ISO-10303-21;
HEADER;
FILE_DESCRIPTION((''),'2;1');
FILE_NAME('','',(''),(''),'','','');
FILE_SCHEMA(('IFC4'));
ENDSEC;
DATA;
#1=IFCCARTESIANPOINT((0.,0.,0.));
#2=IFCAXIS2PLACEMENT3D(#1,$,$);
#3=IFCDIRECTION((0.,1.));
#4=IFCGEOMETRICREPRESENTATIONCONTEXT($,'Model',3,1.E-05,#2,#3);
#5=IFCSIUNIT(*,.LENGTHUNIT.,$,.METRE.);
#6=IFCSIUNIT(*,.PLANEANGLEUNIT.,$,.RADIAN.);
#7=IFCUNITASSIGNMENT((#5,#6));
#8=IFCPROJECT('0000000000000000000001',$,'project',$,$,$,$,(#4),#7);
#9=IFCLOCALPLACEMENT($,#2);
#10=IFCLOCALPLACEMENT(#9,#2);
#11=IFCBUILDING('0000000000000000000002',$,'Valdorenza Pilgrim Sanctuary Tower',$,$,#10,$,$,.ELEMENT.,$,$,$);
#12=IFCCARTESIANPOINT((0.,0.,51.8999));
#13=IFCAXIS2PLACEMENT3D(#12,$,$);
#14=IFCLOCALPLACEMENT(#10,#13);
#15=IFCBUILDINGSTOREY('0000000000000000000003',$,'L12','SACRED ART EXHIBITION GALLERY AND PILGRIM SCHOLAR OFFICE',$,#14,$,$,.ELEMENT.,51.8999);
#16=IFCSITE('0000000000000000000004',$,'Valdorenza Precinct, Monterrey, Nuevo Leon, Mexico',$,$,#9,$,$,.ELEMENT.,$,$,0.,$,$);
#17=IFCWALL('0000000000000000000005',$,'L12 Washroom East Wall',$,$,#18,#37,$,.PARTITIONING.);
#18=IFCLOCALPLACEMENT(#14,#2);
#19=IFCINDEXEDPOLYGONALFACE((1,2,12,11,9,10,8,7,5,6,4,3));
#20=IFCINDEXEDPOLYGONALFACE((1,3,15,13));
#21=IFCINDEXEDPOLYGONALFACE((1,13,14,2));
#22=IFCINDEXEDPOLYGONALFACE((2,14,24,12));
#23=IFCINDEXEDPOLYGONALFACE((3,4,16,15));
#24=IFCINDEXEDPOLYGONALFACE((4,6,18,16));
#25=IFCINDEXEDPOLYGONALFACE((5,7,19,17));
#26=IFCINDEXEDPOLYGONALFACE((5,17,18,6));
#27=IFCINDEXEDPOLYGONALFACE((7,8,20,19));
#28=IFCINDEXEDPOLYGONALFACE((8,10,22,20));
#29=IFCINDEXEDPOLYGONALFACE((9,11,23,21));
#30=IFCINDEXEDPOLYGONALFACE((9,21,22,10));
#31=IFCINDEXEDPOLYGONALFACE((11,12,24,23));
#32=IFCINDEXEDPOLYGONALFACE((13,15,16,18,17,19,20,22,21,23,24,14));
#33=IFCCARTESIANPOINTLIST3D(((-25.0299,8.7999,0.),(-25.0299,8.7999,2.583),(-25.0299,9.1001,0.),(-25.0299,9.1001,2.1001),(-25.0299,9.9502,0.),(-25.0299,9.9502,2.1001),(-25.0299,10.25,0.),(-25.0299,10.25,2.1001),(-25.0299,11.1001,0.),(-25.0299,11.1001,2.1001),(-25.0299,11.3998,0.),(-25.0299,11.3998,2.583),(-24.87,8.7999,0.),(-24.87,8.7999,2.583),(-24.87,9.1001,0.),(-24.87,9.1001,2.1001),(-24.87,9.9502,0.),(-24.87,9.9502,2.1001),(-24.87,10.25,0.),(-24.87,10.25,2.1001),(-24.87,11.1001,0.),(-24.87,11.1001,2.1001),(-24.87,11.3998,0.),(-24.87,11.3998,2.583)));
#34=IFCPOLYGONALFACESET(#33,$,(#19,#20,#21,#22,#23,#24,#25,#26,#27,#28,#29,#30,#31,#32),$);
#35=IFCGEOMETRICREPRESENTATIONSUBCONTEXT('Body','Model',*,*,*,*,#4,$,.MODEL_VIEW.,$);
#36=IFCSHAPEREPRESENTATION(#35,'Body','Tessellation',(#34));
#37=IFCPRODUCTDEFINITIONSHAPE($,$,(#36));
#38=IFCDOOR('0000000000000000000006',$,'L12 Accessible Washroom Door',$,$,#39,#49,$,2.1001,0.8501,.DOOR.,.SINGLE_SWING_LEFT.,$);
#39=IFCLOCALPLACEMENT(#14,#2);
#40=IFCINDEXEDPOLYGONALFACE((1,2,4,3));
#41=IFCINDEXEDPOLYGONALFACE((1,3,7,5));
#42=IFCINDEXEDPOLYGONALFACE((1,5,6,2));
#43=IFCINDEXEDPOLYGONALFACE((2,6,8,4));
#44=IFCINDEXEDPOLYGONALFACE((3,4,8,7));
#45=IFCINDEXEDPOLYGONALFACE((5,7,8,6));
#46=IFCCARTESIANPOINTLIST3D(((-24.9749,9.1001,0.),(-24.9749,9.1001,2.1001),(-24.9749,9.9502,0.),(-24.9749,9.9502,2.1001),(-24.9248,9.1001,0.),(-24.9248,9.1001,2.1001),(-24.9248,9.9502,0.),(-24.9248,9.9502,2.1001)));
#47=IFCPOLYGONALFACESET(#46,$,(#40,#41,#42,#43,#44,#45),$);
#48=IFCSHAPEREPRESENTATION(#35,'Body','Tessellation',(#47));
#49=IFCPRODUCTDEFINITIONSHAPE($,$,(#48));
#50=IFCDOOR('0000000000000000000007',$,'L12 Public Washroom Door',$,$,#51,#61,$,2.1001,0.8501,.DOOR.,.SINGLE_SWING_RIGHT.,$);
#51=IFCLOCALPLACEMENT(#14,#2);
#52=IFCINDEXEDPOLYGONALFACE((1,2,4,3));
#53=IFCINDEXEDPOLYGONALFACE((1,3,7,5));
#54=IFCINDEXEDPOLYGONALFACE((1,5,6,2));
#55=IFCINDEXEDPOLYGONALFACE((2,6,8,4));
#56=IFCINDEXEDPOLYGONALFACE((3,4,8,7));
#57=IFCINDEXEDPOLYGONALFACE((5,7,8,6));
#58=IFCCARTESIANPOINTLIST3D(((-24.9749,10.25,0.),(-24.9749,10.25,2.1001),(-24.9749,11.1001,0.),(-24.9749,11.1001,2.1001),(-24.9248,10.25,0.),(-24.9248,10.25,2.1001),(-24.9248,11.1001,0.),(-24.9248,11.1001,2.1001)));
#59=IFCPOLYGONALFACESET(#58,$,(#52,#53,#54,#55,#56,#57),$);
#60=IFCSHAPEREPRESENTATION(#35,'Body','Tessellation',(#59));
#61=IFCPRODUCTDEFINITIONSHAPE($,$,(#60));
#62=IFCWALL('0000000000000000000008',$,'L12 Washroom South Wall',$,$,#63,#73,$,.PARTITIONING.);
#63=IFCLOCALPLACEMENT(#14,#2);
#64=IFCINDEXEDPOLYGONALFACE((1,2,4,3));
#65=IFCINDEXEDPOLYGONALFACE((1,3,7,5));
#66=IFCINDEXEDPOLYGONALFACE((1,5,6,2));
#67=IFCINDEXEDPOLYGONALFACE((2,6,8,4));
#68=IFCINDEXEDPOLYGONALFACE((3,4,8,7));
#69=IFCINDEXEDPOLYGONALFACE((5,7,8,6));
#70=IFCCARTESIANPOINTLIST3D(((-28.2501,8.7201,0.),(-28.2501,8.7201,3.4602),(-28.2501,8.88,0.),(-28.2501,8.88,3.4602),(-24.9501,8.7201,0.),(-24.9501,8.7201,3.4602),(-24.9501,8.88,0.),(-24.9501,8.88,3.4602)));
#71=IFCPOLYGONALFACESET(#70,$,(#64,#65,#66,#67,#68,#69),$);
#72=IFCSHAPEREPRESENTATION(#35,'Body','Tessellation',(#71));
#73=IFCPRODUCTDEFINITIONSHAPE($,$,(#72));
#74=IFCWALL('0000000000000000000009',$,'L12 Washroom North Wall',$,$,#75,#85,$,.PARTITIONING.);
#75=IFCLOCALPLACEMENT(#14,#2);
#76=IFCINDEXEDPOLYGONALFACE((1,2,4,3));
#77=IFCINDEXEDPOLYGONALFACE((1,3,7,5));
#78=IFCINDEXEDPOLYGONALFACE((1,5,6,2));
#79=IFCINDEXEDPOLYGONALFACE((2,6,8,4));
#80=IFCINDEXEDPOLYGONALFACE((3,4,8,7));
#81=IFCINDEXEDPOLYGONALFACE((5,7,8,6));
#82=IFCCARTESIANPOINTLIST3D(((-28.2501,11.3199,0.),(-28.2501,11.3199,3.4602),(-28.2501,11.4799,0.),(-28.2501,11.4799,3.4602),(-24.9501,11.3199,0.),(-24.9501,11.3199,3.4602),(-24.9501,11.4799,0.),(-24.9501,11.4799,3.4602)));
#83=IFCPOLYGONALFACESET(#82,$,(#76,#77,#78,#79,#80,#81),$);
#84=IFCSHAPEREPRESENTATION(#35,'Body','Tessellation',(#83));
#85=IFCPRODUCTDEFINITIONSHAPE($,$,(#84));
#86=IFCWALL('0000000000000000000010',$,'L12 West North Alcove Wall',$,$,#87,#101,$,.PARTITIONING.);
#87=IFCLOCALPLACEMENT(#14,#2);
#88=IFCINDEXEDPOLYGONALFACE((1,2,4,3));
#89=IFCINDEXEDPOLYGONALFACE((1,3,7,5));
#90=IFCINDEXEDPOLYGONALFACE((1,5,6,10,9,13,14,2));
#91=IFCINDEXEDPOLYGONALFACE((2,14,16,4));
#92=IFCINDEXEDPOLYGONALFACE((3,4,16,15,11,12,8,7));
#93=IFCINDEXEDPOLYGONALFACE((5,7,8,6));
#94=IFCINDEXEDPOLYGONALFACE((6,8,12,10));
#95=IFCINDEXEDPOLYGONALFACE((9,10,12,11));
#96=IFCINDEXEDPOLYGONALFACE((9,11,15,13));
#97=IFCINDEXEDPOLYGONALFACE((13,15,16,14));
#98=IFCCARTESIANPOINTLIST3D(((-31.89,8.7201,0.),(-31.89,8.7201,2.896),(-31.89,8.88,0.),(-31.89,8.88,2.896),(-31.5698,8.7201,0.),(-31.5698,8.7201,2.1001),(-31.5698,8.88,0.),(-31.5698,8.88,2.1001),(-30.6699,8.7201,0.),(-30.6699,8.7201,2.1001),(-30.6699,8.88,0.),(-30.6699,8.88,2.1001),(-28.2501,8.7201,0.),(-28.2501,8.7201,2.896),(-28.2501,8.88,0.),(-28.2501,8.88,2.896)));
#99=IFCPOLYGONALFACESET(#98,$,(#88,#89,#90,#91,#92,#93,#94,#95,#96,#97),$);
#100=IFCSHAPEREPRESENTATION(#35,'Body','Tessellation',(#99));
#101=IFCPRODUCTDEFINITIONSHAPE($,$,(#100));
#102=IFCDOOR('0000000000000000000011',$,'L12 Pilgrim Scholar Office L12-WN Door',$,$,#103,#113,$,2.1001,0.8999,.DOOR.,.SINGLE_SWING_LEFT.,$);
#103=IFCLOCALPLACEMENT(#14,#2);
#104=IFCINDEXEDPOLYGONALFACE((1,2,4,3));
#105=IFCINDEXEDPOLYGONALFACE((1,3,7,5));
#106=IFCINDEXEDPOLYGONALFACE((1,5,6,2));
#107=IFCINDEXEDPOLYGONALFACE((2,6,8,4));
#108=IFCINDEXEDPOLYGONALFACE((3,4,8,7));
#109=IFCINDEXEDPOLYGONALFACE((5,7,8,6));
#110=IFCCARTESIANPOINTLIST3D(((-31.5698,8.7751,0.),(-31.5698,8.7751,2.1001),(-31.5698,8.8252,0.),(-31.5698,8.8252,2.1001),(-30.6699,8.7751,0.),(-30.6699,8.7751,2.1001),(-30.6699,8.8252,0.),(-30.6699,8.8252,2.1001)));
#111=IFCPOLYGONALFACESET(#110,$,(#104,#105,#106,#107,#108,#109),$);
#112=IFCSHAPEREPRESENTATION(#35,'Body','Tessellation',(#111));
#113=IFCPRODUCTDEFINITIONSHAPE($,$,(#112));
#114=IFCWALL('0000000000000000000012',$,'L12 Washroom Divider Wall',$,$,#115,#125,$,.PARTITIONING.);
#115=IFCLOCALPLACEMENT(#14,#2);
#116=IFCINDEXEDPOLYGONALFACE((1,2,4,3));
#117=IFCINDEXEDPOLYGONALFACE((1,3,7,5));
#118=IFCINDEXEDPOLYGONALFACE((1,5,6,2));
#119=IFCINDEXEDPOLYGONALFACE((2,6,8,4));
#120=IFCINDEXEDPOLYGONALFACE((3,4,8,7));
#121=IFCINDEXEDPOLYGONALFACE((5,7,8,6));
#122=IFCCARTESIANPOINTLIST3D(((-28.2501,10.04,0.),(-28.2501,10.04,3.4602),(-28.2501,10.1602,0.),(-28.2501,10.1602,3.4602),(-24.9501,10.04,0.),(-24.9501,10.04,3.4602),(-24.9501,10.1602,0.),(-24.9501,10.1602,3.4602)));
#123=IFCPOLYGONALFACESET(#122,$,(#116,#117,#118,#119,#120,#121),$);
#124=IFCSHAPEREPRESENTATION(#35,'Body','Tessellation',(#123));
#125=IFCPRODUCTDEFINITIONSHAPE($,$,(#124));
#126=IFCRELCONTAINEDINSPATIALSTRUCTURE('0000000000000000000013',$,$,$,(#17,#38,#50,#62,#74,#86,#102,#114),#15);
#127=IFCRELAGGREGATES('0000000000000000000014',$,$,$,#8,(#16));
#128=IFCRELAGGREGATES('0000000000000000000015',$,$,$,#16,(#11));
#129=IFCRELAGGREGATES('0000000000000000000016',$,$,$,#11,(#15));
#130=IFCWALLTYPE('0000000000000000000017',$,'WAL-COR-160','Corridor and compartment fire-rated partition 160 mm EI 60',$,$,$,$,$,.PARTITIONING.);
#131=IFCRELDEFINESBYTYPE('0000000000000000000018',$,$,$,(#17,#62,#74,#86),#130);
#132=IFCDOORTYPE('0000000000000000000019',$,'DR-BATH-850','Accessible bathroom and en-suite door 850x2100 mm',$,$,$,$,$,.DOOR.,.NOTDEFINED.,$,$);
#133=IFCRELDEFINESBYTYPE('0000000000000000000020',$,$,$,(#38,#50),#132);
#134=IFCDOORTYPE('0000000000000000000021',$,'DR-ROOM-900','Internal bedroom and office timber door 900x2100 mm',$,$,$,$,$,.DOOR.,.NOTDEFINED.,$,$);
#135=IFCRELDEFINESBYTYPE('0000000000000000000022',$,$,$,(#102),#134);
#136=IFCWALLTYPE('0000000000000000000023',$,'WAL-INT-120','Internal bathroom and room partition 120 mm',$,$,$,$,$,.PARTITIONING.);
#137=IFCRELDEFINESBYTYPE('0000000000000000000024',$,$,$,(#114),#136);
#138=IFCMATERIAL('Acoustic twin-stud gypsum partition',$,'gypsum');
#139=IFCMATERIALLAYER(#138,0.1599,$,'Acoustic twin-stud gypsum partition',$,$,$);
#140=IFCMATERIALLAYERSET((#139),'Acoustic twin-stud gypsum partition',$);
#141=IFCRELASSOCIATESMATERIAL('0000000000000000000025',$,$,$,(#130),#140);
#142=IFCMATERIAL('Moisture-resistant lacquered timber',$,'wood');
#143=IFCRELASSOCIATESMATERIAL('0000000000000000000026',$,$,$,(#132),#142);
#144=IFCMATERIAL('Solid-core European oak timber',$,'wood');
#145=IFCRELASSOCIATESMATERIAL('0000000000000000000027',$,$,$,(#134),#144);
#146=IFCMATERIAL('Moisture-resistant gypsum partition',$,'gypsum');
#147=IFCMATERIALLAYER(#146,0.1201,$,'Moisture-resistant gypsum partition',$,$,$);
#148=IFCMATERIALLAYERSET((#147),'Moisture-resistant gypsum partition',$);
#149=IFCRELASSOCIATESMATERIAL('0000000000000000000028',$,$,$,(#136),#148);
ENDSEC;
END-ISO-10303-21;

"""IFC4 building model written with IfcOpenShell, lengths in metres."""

from ifc_helpers import new_model, si_unit, direction, frame, frame_2d, origin, place, context, subcontext, project, spatial, rectangle, extrude, material, layer, layer_set, type_object, element, fill, save


model = new_model("IFC4")

# Units and contexts
model_context = context("Model", 3, precision=1e-05, world=origin(), true_north=direction((0.0, 1.0)))
body_context = subcontext(model_context, "Body", "Model", "MODEL_VIEW")
ifc_project = project(units=[si_unit("LENGTHUNIT", "METRE"), si_unit("PLANEANGLEUNIT", "RADIAN")], contexts=[model_context])

# Site, building, storey
site_placement = place(None, origin())
site = spatial("IfcSite", under=ifc_project, at=site_placement, Name="Valdorenza Precinct, Monterrey, Nuevo Leon, Mexico", CompositionType="ELEMENT", RefElevation=0.0)
building_placement = place(site_placement, origin())
building = spatial("IfcBuilding", under=site, at=building_placement, Name="Valdorenza Pilgrim Sanctuary Tower", CompositionType="ELEMENT")
storey_placement = place(building_placement, frame((0.0, 0.0, 51.8999)))
storey = spatial("IfcBuildingStorey", under=building, at=storey_placement, Name="L12", Description="SACRED ART EXHIBITION GALLERY AND PILGRIM SCHOLAR OFFICE", CompositionType="ELEMENT", Elevation=51.8999)

# Shared definitions
ifc_material_1 = material(Name="Acoustic twin-stud gypsum partition", Category="gypsum")
ifc_layer_1 = layer(ifc_material_1, 0.1599, Name="Acoustic twin-stud gypsum partition")
ifc_layer_set_1 = layer_set([ifc_layer_1], Name="Acoustic twin-stud gypsum partition")
wall_type_1 = type_object("IfcWallType", Name="WAL-COR-160", Description="Corridor and compartment fire-rated partition 160 mm EI 60", PredefinedType="PARTITIONING", material=ifc_layer_set_1)

# Wall, openings, doors
wall_1_placement = place(storey_placement, frame((-24.95, 8.8, 0.0), z_axis=(0.0, 0.0, 1.0), x_axis=(0.0, 1.0, 0.0)))
wall_1 = element("IfcWall", 1, at=wall_1_placement, inside=storey, type_object=wall_type_1, Name="L12 Washroom East Wall", PredefinedType="PARTITIONING", context=body_context, shape_type="SweptSolid", body=[
    extrude(rectangle(XDim=2.5999, YDim=0.1599, at=frame_2d((1.2998, 0.0))), origin(), (0.0, 0.0, 1.0), 2.583),
])
opening_1_placement = place(wall_1_placement, frame((0.3, 0.0, 0.0)))
opening_1 = element("IfcOpeningElement", 2, at=opening_1_placement, cuts=wall_1, PredefinedType="OPENING", context=body_context, shape_type="SweptSolid", body=[
    extrude(rectangle(XDim=0.8501, YDim=2.1001, at=frame_2d((0.425, 1.05))), frame((0.0, 0.0947, 0.0), z_axis=(0.0, -1.0, 0.0), x_axis=(1.0, 0.0, 0.0)), (0.0, 0.0, 1.0), 0.1897),
])
opening_2_placement = place(wall_1_placement, frame((1.45, 0.0, 0.0)))
opening_2 = element("IfcOpeningElement", 3, at=opening_2_placement, cuts=wall_1, PredefinedType="OPENING", context=body_context, shape_type="SweptSolid", body=[
    extrude(rectangle(XDim=0.8501, YDim=2.1001, at=frame_2d((0.425, 1.05))), frame((0.0, 0.0947, 0.0), z_axis=(0.0, -1.0, 0.0), x_axis=(1.0, 0.0, 0.0)), (0.0, 0.0, 1.0), 0.1897),
])
ifc_material_2 = material(Name="Moisture-resistant lacquered timber", Category="wood")
door_type_1 = type_object("IfcDoorType", Name="DR-BATH-850", Description="Accessible bathroom and en-suite door 850x2100 mm", OperationType="NOTDEFINED", PredefinedType="DOOR", material=ifc_material_2)
door_1_placement = place(opening_1_placement, origin())
door_1 = element("IfcDoor", 4, at=door_1_placement, inside=storey, type_object=door_type_1, Name="L12 Accessible Washroom Door", OperationType="SINGLE_SWING_LEFT", OverallHeight=2.1001, OverallWidth=0.8501, PredefinedType="DOOR", context=body_context, shape_type="SweptSolid", body=[
    extrude(rectangle(XDim=0.8501, YDim=2.1001, at=frame_2d((0.425, 1.05))), frame((0.0, 0.0249, 0.0), z_axis=(0.0, -1.0, 0.0), x_axis=(1.0, 0.0, 0.0)), (0.0, 0.0, 1.0), 0.05),
])
fill(opening_1, door_1)
door_2_placement = place(opening_2_placement, origin())
door_2 = element("IfcDoor", 5, at=door_2_placement, inside=storey, type_object=door_type_1, Name="L12 Public Washroom Door", OperationType="SINGLE_SWING_RIGHT", OverallHeight=2.1001, OverallWidth=0.8501, PredefinedType="DOOR", context=body_context, shape_type="SweptSolid", body=[
    extrude(rectangle(XDim=0.8501, YDim=2.1001, at=frame_2d((0.425, 1.05))), frame((0.0, 0.0249, 0.0), z_axis=(0.0, -1.0, 0.0), x_axis=(1.0, 0.0, 0.0)), (0.0, 0.0, 1.0), 0.05),
])
fill(opening_2, door_2)

# Walls
for number, where, z_axis, x_axis, name in (
    (6, (-28.25, 8.8, 0.0), (0.0, 0.0, 1.0), (1.0, 0.0, 0.0), "L12 Washroom South Wall"),
    (7, (-28.25, 11.3999, 0.0), (0.0, 0.0, 1.0), (1.0, 0.0, 0.0), "L12 Washroom North Wall"),
):
    element("IfcWall", number, at=place(storey_placement, frame(where, z_axis=z_axis, x_axis=x_axis)), inside=storey, type_object=wall_type_1, Name=name, PredefinedType="PARTITIONING", context=body_context, shape_type="SweptSolid", body=[
        extrude(rectangle(XDim=3.3, YDim=0.1599, at=frame_2d((1.6499, 0.0))), origin(), (0.0, 0.0, 1.0), 3.4602),
    ])

# Wall, opening, door
wall_2_placement = place(storey_placement, frame((-31.8899, 8.8, 0.0), z_axis=(0.0, 0.0, 1.0), x_axis=(1.0, 0.0, 0.0)))
wall_2 = element("IfcWall", 8, at=wall_2_placement, inside=storey, type_object=wall_type_1, Name="L12 West North Alcove Wall", PredefinedType="PARTITIONING", context=body_context, shape_type="SweptSolid", body=[
    extrude(rectangle(XDim=3.6399, YDim=0.1599, at=frame_2d((1.8198, 0.0))), origin(), (0.0, 0.0, 1.0), 2.896),
])
opening_3_placement = place(wall_2_placement, frame((0.3201, 0.0, 0.0)))
opening_3 = element("IfcOpeningElement", 9, at=opening_3_placement, cuts=wall_2, PredefinedType="OPENING", context=body_context, shape_type="SweptSolid", body=[
    extrude(rectangle(XDim=0.8999, YDim=2.1001, at=frame_2d((0.45, 1.05))), frame((0.0, 0.0947, 0.0), z_axis=(0.0, -1.0, 0.0), x_axis=(1.0, 0.0, 0.0)), (0.0, 0.0, 1.0), 0.1897),
])
ifc_material_3 = material(Name="Solid-core European oak timber", Category="wood")
door_type_2 = type_object("IfcDoorType", Name="DR-ROOM-900", Description="Internal bedroom and office timber door 900x2100 mm", OperationType="NOTDEFINED", PredefinedType="DOOR", material=ifc_material_3)
door_3_placement = place(opening_3_placement, frame((0.8999, 0.0, 0.0), z_axis=(0.0, 0.0, 1.0), x_axis=(-1.0, 0.0, 0.0)))
door_3 = element("IfcDoor", 10, at=door_3_placement, inside=storey, type_object=door_type_2, Name="L12 Pilgrim Scholar Office L12-WN Door", OperationType="SINGLE_SWING_LEFT", OverallHeight=2.1001, OverallWidth=0.8999, PredefinedType="DOOR", context=body_context, shape_type="SweptSolid", body=[
    extrude(rectangle(XDim=0.8999, YDim=2.1001, at=frame_2d((0.45, 1.05))), frame((0.0, 0.0249, 0.0), z_axis=(0.0, -1.0, 0.0), x_axis=(1.0, 0.0, 0.0)), (0.0, 0.0, 1.0), 0.05),
])
fill(opening_3, door_3)

# Wall
ifc_material_4 = material(Name="Moisture-resistant gypsum partition", Category="gypsum")
ifc_layer_2 = layer(ifc_material_4, 0.1201, Name="Moisture-resistant gypsum partition")
ifc_layer_set_2 = layer_set([ifc_layer_2], Name="Moisture-resistant gypsum partition")
wall_type_2 = type_object("IfcWallType", Name="WAL-INT-120", Description="Internal bathroom and room partition 120 mm", PredefinedType="PARTITIONING", material=ifc_layer_set_2)
wall_3_placement = place(storey_placement, frame((-28.25, 10.1001, 0.0), z_axis=(0.0, 0.0, 1.0), x_axis=(1.0, 0.0, 0.0)))
element("IfcWall", 11, at=wall_3_placement, inside=storey, type_object=wall_type_2, Name="L12 Washroom Divider Wall", PredefinedType="PARTITIONING", context=body_context, shape_type="SweptSolid", body=[
    extrude(rectangle(XDim=3.3, YDim=0.1201, at=frame_2d((1.6499, 0.0))), origin(), (0.0, 0.0, 1.0), 3.4602),
])

save(model, "model.ifc")
